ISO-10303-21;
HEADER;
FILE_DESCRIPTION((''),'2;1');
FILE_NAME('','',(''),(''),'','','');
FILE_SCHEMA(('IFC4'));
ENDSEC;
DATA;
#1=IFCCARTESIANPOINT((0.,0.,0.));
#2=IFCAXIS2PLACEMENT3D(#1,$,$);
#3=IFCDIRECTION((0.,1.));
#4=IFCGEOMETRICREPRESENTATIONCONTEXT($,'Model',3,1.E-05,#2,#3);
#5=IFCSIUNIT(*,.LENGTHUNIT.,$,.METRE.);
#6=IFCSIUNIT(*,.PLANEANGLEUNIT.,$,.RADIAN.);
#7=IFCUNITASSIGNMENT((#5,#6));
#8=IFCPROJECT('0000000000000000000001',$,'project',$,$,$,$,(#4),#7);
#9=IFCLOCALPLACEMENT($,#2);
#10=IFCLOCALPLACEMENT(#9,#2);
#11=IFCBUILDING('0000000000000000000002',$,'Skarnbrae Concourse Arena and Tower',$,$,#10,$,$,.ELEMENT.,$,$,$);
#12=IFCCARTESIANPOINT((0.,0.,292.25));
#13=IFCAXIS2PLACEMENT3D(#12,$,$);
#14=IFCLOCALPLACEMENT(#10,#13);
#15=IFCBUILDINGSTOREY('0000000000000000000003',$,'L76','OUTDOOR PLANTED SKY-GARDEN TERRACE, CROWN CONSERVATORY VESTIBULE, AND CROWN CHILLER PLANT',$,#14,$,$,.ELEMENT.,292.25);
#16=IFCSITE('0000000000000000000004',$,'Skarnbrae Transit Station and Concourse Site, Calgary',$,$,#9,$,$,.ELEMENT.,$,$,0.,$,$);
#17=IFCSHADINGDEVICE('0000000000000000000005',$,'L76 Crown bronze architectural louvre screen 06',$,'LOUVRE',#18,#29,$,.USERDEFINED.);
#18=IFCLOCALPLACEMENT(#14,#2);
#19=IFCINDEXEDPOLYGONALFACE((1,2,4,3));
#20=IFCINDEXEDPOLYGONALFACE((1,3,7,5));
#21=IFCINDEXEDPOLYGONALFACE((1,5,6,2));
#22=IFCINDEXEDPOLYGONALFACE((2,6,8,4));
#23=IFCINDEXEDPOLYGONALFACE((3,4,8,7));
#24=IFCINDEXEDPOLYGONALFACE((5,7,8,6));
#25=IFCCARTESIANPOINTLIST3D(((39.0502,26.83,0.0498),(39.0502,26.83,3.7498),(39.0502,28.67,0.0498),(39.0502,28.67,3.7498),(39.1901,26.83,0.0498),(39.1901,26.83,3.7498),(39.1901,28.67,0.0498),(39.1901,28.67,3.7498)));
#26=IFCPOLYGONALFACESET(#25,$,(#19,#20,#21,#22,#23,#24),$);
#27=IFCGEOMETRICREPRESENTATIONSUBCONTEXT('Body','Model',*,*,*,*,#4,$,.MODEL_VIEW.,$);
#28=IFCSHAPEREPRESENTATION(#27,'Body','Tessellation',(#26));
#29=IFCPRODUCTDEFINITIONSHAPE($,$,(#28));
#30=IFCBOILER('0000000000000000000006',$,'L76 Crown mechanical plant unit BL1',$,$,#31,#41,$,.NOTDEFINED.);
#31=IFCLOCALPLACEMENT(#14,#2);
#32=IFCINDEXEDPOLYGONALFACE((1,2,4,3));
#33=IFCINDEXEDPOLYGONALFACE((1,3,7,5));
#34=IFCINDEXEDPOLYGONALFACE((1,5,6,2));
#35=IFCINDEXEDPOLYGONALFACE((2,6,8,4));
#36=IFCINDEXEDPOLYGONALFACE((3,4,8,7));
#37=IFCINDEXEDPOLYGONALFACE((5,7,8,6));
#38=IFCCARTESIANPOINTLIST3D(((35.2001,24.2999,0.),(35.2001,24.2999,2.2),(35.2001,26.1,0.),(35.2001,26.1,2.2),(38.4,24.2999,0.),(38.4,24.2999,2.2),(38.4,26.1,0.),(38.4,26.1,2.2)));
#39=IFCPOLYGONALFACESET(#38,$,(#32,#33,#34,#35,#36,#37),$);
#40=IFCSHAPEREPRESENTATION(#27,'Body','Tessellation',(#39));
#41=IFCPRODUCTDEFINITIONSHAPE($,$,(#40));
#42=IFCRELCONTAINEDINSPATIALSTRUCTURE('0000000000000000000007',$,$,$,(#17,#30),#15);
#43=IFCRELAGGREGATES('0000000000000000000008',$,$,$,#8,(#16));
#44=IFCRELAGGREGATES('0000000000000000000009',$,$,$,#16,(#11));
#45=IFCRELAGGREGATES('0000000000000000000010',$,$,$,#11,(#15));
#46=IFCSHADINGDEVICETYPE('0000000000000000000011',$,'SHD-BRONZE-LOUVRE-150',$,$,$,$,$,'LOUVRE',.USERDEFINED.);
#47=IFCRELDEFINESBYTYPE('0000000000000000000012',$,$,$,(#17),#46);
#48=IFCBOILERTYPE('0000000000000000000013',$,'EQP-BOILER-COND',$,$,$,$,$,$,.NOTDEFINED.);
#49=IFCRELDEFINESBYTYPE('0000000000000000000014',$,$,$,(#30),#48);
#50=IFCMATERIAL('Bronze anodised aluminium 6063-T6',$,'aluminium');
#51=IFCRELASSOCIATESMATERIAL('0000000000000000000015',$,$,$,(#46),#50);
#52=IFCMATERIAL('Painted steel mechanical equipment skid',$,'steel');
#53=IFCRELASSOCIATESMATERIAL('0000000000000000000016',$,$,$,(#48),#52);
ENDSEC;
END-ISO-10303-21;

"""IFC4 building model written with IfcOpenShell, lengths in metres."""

from ifc_helpers import new_model, si_unit, direction, frame, origin, origin_2d, place, context, subcontext, project, spatial, rectangle, extrude, source, transform, mapped, material, type_object, element, save


model = new_model("IFC4")

# Units and contexts
model_context = context("Model", 3, precision=1e-05, world=origin(), true_north=direction((0.0, 1.0)))
body_context = subcontext(model_context, "Body", "Model", "MODEL_VIEW")
ifc_project = project(units=[si_unit("LENGTHUNIT", "METRE"), si_unit("PLANEANGLEUNIT", "RADIAN")], contexts=[model_context])

# Site, building, storey
site_placement = place(None, origin())
site = spatial("IfcSite", under=ifc_project, at=site_placement, Name="Skarnbrae Transit Station and Concourse Site, Calgary", CompositionType="ELEMENT", RefElevation=0.0)
building_placement = place(site_placement, origin())
building = spatial("IfcBuilding", under=site, at=building_placement, Name="Skarnbrae Concourse Arena and Tower", CompositionType="ELEMENT")
storey_placement = place(building_placement, frame((0.0, 0.0, 292.25)))
storey = spatial("IfcBuildingStorey", under=building, at=storey_placement, Name="L76", Description="OUTDOOR PLANTED SKY-GARDEN TERRACE, CROWN CONSERVATORY VESTIBULE, AND CROWN CHILLER PLANT", CompositionType="ELEMENT", Elevation=292.25)

# Shared definitions
ifc_material_1 = material(Name="Bronze anodised aluminium 6063-T6", Category="aluminium")

# Shared definitions
shading_device_type = type_object("IfcShadingDeviceType", Name="SHD-BRONZE-LOUVRE-150", ElementType="LOUVRE", PredefinedType="USERDEFINED", material=ifc_material_1)

# Shading device
shared_shape_1 = source(origin(), body_context, "Body", "SweptSolid", [
    extrude(rectangle(XDim=1.8401, YDim=0.1399, at=origin_2d()), origin(), (0.0, 0.0, 1.0), 3.7),
])
shading_device_1_placement = place(storey_placement, frame((39.1201, 27.75, 0.0498), z_axis=(0.0, 0.0, 1.0), x_axis=(0.0, 1.0, 0.0)))
element("IfcShadingDevice", 1, at=shading_device_1_placement, inside=storey, type_object=shading_device_type, Name="L76 Crown bronze architectural louvre screen 06", ObjectType="LOUVRE", PredefinedType="USERDEFINED", context=body_context, shape_type="MappedRepresentation", body=[
    mapped(shared_shape_1, transform((0.0, 0.0, 0.0))),
])

# Boiler
ifc_material_2 = material(Name="Painted steel mechanical equipment skid", Category="steel")
boiler_type = type_object("IfcBoilerType", Name="EQP-BOILER-COND", PredefinedType="NOTDEFINED", material=ifc_material_2)
shared_shape_2 = source(origin(), body_context, "Body", "SweptSolid", [
    extrude(rectangle(XDim=3.2, YDim=1.8, at=origin_2d()), origin(), (0.0, 0.0, 1.0), 2.2),
])
boiler_placement = place(storey_placement, frame((36.8, 25.2, 0.0), z_axis=(0.0, 0.0, 1.0), x_axis=(1.0, 0.0, 0.0)))
element("IfcBoiler", 2, at=boiler_placement, inside=storey, type_object=boiler_type, Name="L76 Crown mechanical plant unit BL1", PredefinedType="NOTDEFINED", context=body_context, shape_type="MappedRepresentation", body=[
    mapped(shared_shape_2, transform((0.0, 0.0, 0.0))),
])

save(model, "model.ifc")
